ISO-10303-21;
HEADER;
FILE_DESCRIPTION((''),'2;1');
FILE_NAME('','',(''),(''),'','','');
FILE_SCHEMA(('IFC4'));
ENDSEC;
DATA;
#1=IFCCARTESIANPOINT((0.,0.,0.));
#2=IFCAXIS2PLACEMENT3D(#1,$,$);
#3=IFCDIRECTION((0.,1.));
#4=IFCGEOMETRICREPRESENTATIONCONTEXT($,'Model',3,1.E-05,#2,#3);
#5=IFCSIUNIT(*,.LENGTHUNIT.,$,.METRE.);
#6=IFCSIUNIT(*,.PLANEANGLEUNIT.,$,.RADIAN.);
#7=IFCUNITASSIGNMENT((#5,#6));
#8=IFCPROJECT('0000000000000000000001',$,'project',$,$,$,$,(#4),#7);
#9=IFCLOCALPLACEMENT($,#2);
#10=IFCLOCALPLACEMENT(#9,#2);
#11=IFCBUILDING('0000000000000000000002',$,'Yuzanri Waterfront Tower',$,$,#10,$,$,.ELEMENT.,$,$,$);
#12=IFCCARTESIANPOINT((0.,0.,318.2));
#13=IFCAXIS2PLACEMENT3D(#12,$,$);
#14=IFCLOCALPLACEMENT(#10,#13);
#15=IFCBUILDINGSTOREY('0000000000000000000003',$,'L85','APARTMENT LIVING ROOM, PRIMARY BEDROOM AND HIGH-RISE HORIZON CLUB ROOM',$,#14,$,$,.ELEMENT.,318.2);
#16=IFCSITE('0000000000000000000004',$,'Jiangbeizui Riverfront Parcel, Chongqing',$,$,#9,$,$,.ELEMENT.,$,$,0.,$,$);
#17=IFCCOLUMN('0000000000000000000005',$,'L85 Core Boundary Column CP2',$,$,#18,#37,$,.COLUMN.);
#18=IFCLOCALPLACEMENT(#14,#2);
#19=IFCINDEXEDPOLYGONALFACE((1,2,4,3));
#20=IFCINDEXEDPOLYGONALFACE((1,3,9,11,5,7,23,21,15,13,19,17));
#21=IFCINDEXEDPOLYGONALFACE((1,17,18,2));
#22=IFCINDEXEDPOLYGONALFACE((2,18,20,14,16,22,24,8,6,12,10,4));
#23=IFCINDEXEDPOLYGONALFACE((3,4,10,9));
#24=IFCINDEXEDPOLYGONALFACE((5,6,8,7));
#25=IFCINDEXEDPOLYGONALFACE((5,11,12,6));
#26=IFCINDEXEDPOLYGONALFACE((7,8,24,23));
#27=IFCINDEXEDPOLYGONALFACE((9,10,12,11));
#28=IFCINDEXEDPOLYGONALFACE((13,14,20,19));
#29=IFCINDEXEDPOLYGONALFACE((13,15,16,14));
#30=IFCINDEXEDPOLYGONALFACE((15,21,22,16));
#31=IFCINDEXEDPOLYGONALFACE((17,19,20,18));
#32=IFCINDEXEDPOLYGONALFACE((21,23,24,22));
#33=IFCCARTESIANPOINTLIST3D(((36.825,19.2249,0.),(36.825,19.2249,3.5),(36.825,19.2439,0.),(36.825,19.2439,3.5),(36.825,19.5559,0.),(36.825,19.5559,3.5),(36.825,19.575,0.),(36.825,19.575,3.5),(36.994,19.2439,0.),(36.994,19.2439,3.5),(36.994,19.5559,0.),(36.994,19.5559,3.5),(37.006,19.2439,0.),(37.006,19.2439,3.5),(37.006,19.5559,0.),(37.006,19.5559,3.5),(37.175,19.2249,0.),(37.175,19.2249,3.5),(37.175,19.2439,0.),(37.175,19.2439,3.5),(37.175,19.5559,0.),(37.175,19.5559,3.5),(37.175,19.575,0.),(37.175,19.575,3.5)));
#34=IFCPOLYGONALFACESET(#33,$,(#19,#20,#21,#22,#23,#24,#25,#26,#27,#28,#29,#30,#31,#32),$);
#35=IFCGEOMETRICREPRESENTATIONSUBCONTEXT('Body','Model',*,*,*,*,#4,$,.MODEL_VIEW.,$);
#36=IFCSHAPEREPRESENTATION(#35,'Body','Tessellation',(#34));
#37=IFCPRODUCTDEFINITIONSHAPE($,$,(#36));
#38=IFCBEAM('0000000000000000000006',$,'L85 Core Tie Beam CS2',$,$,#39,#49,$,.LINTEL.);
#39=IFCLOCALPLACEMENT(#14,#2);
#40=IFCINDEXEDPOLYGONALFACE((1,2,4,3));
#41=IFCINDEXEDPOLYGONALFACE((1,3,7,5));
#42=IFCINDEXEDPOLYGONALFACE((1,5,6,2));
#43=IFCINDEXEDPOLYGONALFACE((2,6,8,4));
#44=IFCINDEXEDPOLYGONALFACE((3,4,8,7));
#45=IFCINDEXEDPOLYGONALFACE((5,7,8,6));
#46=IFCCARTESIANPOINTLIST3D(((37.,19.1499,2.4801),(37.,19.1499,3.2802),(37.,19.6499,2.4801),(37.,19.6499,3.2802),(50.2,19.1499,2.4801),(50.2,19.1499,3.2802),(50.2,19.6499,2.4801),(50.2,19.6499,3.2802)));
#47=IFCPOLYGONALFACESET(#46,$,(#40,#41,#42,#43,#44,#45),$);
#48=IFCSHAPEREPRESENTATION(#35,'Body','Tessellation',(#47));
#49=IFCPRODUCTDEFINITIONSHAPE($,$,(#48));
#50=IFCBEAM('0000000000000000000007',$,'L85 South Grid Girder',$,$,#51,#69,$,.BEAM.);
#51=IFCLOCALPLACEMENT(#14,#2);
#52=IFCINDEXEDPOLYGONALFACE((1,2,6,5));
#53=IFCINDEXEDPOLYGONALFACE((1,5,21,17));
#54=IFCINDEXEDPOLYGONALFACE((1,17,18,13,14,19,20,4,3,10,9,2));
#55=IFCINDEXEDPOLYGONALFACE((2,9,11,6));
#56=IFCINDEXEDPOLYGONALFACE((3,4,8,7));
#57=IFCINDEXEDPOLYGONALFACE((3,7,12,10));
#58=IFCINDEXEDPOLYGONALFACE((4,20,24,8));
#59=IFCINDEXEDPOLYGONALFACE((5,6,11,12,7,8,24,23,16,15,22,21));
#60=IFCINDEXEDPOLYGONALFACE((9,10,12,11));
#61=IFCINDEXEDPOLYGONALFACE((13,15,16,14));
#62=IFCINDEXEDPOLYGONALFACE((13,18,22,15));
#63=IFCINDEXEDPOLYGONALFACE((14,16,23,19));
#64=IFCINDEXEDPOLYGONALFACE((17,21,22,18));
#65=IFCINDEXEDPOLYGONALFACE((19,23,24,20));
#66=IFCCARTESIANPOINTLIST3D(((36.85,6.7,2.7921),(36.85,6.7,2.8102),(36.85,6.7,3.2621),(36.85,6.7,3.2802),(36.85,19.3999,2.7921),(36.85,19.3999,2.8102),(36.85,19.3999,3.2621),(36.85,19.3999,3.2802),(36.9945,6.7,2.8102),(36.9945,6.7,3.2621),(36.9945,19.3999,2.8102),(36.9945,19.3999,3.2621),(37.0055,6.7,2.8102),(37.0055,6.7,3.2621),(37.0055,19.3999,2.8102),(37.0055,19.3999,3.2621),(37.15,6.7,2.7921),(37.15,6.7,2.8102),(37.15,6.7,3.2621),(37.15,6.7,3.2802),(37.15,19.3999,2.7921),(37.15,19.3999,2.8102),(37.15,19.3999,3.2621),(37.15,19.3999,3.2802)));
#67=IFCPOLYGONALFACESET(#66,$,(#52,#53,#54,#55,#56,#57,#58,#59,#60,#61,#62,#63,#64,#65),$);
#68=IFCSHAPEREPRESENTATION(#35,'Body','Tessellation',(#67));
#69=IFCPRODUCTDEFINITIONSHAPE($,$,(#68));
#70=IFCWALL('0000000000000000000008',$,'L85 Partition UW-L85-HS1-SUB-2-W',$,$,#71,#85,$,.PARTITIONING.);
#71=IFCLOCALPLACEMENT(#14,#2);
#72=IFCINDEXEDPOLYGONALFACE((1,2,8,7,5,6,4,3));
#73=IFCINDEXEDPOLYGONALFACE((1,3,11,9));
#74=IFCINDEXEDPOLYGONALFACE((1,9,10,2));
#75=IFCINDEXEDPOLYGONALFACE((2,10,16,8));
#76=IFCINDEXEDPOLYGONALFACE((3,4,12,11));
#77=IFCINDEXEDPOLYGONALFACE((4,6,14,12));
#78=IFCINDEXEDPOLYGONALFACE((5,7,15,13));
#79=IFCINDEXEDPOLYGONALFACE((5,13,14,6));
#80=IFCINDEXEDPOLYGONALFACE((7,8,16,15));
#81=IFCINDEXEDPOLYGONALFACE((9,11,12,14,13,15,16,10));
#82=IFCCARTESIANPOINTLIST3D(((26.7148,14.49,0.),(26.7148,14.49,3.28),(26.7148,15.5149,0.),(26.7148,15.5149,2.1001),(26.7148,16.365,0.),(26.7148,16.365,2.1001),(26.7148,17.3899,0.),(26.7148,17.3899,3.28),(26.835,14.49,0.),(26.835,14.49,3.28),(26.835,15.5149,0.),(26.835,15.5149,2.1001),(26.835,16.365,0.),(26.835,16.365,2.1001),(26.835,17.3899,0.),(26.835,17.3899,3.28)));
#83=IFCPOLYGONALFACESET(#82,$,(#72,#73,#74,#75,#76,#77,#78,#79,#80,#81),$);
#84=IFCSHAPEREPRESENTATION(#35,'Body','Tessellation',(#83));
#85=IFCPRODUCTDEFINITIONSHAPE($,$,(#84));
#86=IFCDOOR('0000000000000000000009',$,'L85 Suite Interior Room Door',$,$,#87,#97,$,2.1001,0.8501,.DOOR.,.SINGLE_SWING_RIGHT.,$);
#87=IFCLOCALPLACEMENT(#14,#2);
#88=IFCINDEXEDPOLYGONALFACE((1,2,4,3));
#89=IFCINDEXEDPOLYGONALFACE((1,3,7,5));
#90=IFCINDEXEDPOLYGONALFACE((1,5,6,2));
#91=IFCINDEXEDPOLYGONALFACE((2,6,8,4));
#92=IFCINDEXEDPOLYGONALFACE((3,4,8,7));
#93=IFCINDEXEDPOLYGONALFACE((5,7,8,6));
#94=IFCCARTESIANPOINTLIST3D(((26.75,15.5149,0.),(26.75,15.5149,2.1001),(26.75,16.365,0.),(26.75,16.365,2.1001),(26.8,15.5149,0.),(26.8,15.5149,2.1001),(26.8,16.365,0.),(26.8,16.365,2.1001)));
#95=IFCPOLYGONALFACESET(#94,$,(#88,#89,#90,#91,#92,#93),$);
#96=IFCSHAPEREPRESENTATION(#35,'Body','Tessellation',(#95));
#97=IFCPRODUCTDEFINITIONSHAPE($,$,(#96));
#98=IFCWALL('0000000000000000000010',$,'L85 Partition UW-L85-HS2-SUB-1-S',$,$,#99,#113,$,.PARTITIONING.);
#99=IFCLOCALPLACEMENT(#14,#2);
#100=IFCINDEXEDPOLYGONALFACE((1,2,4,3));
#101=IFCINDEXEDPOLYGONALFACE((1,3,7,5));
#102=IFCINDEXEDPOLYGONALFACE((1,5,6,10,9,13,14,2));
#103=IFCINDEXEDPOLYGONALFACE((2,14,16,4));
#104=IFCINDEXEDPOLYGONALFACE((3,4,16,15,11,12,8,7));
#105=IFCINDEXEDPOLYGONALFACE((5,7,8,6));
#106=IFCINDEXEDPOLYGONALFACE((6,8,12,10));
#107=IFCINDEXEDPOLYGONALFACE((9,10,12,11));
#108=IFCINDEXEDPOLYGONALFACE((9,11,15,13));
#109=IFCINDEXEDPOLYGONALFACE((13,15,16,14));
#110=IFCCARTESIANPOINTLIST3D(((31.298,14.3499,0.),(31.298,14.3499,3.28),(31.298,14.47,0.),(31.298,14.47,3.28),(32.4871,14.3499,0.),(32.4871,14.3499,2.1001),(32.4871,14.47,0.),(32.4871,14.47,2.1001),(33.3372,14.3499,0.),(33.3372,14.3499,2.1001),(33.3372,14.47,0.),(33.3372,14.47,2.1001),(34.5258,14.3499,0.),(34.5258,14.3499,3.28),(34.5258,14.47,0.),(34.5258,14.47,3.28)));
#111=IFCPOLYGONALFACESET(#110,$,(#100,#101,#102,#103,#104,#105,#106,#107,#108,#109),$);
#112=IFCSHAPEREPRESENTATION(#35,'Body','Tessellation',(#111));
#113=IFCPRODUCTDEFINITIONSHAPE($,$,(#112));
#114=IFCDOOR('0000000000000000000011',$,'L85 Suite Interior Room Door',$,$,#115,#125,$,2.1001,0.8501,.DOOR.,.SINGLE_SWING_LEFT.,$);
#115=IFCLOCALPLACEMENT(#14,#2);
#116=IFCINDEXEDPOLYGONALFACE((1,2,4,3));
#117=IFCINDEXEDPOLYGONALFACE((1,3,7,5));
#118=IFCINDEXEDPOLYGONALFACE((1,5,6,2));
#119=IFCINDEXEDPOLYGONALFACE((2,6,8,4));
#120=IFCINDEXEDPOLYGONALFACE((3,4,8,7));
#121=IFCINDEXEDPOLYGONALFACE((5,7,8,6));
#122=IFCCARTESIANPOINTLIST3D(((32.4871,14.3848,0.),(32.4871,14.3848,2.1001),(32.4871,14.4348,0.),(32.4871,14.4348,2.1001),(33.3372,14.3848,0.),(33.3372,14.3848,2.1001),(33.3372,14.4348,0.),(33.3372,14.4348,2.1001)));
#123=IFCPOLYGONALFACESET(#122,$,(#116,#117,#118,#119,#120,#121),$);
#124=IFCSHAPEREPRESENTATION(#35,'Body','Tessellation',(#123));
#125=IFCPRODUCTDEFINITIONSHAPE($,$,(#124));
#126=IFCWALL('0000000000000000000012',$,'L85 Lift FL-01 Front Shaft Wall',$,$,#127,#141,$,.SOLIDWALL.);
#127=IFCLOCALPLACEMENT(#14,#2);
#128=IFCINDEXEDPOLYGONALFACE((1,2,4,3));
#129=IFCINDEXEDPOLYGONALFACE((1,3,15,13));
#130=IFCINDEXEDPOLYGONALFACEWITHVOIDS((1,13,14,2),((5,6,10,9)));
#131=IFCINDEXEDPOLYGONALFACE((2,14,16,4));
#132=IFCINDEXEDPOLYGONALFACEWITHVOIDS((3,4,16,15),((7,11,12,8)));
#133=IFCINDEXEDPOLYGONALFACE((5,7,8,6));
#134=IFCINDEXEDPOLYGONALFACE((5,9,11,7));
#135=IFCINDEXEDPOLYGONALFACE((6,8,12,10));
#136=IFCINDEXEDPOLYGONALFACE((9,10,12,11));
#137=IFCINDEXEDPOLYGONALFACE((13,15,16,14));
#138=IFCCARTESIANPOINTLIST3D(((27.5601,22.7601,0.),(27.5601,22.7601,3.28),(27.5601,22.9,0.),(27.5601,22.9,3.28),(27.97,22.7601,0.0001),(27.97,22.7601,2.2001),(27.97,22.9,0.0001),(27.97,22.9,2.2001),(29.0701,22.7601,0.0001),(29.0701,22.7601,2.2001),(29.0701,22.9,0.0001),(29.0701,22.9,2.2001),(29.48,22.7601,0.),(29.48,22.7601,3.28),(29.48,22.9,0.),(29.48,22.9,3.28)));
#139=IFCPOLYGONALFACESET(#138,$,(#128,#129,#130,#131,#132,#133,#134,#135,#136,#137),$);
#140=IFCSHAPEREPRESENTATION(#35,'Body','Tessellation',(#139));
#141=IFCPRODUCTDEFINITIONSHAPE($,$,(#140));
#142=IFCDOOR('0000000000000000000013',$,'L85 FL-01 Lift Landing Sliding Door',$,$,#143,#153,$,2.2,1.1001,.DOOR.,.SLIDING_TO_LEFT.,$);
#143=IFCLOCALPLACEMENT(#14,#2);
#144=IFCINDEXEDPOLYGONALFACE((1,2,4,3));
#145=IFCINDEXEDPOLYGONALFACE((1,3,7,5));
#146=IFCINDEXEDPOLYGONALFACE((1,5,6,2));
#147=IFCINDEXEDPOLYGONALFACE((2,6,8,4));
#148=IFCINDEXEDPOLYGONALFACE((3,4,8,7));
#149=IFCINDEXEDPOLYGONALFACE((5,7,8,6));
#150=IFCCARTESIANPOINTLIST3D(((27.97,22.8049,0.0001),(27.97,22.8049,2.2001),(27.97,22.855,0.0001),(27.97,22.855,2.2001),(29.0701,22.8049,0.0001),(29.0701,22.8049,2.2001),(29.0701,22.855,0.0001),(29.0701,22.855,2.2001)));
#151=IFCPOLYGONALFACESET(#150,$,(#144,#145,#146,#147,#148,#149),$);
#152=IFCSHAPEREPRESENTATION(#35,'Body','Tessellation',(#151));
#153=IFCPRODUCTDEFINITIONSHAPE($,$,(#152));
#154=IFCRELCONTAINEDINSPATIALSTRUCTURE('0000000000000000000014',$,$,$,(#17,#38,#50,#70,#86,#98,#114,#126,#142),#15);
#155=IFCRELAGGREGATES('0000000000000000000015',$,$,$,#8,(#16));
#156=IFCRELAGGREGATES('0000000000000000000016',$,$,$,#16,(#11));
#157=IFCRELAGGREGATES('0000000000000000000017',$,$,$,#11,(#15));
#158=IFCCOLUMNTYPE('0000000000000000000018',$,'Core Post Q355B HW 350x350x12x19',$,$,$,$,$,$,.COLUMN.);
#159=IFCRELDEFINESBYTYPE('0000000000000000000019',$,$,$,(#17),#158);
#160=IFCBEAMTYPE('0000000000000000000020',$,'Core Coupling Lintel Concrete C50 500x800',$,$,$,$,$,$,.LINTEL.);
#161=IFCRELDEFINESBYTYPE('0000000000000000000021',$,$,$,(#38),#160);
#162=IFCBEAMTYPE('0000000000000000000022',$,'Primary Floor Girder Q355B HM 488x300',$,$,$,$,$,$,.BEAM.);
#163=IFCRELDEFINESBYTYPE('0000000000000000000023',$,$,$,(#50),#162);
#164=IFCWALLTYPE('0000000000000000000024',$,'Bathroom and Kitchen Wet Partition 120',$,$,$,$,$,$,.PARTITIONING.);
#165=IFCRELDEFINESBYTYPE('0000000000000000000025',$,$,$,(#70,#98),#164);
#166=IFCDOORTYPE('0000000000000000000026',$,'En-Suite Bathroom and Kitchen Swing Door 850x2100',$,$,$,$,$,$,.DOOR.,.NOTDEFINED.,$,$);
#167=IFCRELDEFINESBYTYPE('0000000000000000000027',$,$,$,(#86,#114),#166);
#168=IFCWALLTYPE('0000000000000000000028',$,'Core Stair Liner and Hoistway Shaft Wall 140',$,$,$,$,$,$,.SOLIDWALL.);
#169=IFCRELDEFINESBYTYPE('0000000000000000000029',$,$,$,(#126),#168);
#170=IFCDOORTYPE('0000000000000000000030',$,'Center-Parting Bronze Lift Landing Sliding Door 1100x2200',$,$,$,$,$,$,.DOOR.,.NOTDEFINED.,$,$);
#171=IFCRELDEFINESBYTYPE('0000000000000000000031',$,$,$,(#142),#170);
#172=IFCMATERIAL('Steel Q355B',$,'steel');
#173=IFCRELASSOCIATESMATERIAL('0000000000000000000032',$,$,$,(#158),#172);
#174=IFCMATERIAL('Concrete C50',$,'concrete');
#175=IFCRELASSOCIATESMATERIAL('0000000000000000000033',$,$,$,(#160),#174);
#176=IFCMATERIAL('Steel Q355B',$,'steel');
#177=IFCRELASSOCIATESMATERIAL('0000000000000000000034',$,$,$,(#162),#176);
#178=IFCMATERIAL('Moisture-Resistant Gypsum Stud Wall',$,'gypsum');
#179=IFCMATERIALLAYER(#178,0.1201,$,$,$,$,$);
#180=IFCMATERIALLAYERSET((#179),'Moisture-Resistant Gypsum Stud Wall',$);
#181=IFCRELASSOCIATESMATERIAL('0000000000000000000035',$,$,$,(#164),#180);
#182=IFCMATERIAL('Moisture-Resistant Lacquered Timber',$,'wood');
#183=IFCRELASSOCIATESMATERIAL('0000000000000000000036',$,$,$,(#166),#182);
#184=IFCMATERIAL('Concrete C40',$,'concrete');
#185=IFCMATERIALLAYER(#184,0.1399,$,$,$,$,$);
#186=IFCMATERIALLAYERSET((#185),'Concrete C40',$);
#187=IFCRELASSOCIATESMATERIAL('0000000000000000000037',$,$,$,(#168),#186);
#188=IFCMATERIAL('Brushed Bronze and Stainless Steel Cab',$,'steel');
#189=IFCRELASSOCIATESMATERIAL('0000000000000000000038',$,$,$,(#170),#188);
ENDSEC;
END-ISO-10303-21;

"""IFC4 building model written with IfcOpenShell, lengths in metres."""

from ifc_helpers import new_model, si_unit, direction, frame, frame_2d, origin, origin_2d, place, context, subcontext, project, spatial, rectangle, i_section, extrude, source, transform, mapped, material, layer, layer_set, material_profile, profile_set, type_object, element, fill, save


model = new_model("IFC4")

# Units and contexts
model_context = context("Model", 3, precision=1e-05, world=origin(), true_north=direction((0.0, 1.0)))
body_context = subcontext(model_context, "Body", "Model", "MODEL_VIEW")
ifc_project = project(units=[si_unit("LENGTHUNIT", "METRE"), si_unit("PLANEANGLEUNIT", "RADIAN")], contexts=[model_context])

# Site, building, storey
site_placement = place(None, origin())
site = spatial("IfcSite", under=ifc_project, at=site_placement, Name="Jiangbeizui Riverfront Parcel, Chongqing", CompositionType="ELEMENT", RefElevation=0.0)
building_placement = place(site_placement, origin())
building = spatial("IfcBuilding", under=site, at=building_placement, Name="Yuzanri Waterfront Tower", CompositionType="ELEMENT")
storey_placement = place(building_placement, frame((0.0, 0.0, 318.2)))
storey = spatial("IfcBuildingStorey", under=building, at=storey_placement, Name="L85", Description="APARTMENT LIVING ROOM, PRIMARY BEDROOM AND HIGH-RISE HORIZON CLUB ROOM", CompositionType="ELEMENT", Elevation=318.2)

# Column
ifc_material_1 = material(Name="Steel Q355B", Category="steel")
ifc_material_profile_1 = material_profile(ifc_material_1, i_section(OverallWidth=0.3501, OverallDepth=0.3501, WebThickness=0.012, FlangeThickness=0.019, at=origin_2d()), Name="HW 350x350x12x19")
ifc_profile_set_1 = profile_set([ifc_material_profile_1], Name="Steel Q355B")
column_type = type_object("IfcColumnType", Name="Core Post Q355B HW 350x350x12x19", PredefinedType="COLUMN", material=ifc_profile_set_1)
shared_shape_1 = source(origin(), body_context, "Body", "SweptSolid", [
    extrude(i_section(OverallWidth=0.3501, OverallDepth=0.3501, WebThickness=0.012, FlangeThickness=0.019, at=origin_2d()), origin(), (0.0, 0.0, 1.0), 3.5),
])
column_placement = place(storey_placement, frame((37.0, 19.3999, 0.0), z_axis=(0.0, 0.0, 1.0), x_axis=(1.0, 0.0, 0.0)))
element("IfcColumn", 1, at=column_placement, inside=storey, type_object=column_type, Name="L85 Core Boundary Column CP2", PredefinedType="COLUMN", context=body_context, shape_type="MappedRepresentation", body=[
    mapped(shared_shape_1, transform((0.0, 0.0, 0.0), scale=1.0)),
])

# Beams
ifc_material_2 = material(Name="Concrete C50", Category="concrete")
ifc_material_profile_2 = material_profile(ifc_material_2, rectangle(XDim=0.5, YDim=0.8, at=origin_2d()), Name="RC 500x800")
ifc_profile_set_2 = profile_set([ifc_material_profile_2], Name="Concrete C50")
beam_type_1 = type_object("IfcBeamType", Name="Core Coupling Lintel Concrete C50 500x800", PredefinedType="LINTEL", material=ifc_profile_set_2)
shared_shape_2 = source(origin(), body_context, "Body", "SweptSolid", [
    extrude(rectangle(XDim=0.5, YDim=0.8, at=origin_2d()), origin(), (0.0, 0.0, 1.0), 13.2),
])
beam_1_placement = place(storey_placement, frame((37.0, 19.3999, 2.8801), z_axis=(1.0, 0.0, 0.0), x_axis=(0.0, 1.0, 0.0)))
element("IfcBeam", 2, at=beam_1_placement, inside=storey, type_object=beam_type_1, Name="L85 Core Tie Beam CS2", PredefinedType="LINTEL", context=body_context, shape_type="MappedRepresentation", body=[
    mapped(shared_shape_2, transform((0.0, 0.0, 0.0), scale=1.0)),
])
ifc_material_3 = material(Name="Steel Q355B", Category="steel")
ifc_material_profile_3 = material_profile(ifc_material_3, i_section(OverallWidth=0.3, OverallDepth=0.488, WebThickness=0.011, FlangeThickness=0.0181, at=origin_2d()), Name="HM 488x300x11x18")
ifc_profile_set_3 = profile_set([ifc_material_profile_3], Name="Steel Q355B")
beam_type_2 = type_object("IfcBeamType", Name="Primary Floor Girder Q355B HM 488x300", PredefinedType="BEAM", material=ifc_profile_set_3)
shared_shape_3 = source(origin(), body_context, "Body", "SweptSolid", [
    extrude(i_section(OverallWidth=0.3, OverallDepth=0.488, WebThickness=0.011, FlangeThickness=0.0181, at=origin_2d()), origin(), (0.0, 0.0, 1.0), 12.7),
])
beam_2_placement = place(storey_placement, frame((37.0, 19.3999, 3.0361), z_axis=(0.0, -1.0, 0.0), x_axis=(1.0, 0.0, 0.0)))
element("IfcBeam", 3, at=beam_2_placement, inside=storey, type_object=beam_type_2, Name="L85 South Grid Girder", PredefinedType="BEAM", context=body_context, shape_type="MappedRepresentation", body=[
    mapped(shared_shape_3, transform((0.0, 0.0, 0.0), scale=1.0)),
])

# Walls, openings, doors
ifc_material_4 = material(Name="Moisture-Resistant Gypsum Stud Wall", Category="gypsum")
ifc_layer_1 = layer(ifc_material_4, 0.1201)
ifc_layer_set_1 = layer_set([ifc_layer_1], Name="Moisture-Resistant Gypsum Stud Wall")
wall_type_1 = type_object("IfcWallType", Name="Bathroom and Kitchen Wet Partition 120", PredefinedType="PARTITIONING", material=ifc_layer_set_1)
wall_1_placement = place(storey_placement, frame((26.7749, 14.49, 0.0), z_axis=(0.0, 0.0, 1.0), x_axis=(0.0, 1.0, 0.0)))
wall_1 = element("IfcWall", 4, at=wall_1_placement, inside=storey, type_object=wall_type_1, Name="L85 Partition UW-L85-HS1-SUB-2-W", PredefinedType="PARTITIONING", context=body_context, shape_type="SweptSolid", body=[
    extrude(rectangle(XDim=2.8999, YDim=0.1201, at=frame_2d((1.45, 0.0))), origin(), (0.0, 0.0, 1.0), 3.28),
])
opening_1_placement = place(wall_1_placement, frame((1.0249, 0.0, 0.0)))
opening_1 = element("IfcOpeningElement", 5, at=opening_1_placement, cuts=wall_1, PredefinedType="OPENING", context=body_context, shape_type="SweptSolid", body=[
    extrude(rectangle(XDim=0.8501, YDim=2.1001, at=frame_2d((0.425, 1.05))), frame((0.0, 0.075, 0.0), z_axis=(0.0, -1.0, 0.0), x_axis=(1.0, 0.0, 0.0)), (0.0, 0.0, 1.0), 0.1499),
])
ifc_material_5 = material(Name="Moisture-Resistant Lacquered Timber", Category="wood")
door_type_1 = type_object("IfcDoorType", Name="En-Suite Bathroom and Kitchen Swing Door 850x2100", OperationType="NOTDEFINED", PredefinedType="DOOR", material=ifc_material_5)
shared_shape_4 = source(origin(), body_context, "Body", "SweptSolid", [
    extrude(rectangle(XDim=0.8501, YDim=2.1001, at=frame_2d((0.425, 1.05))), frame((0.0, 0.0249, 0.0), z_axis=(0.0, -1.0, 0.0), x_axis=(1.0, 0.0, 0.0)), (0.0, 0.0, 1.0), 0.05),
])
door_1_placement = place(opening_1_placement, origin())
door_1 = element("IfcDoor", 6, at=door_1_placement, inside=storey, type_object=door_type_1, Name="L85 Suite Interior Room Door", OperationType="SINGLE_SWING_RIGHT", OverallHeight=2.1001, OverallWidth=0.8501, PredefinedType="DOOR", context=body_context, shape_type="MappedRepresentation", body=[
    mapped(shared_shape_4, transform((0.0, 0.0, 0.0), scale=1.0)),
])
fill(opening_1, door_1)
wall_2_placement = place(storey_placement, frame((31.2981, 14.4099, 0.0), z_axis=(0.0, 0.0, 1.0), x_axis=(1.0, 0.0, 0.0)))
wall_2 = element("IfcWall", 7, at=wall_2_placement, inside=storey, type_object=wall_type_1, Name="L85 Partition UW-L85-HS2-SUB-1-S", PredefinedType="PARTITIONING", context=body_context, shape_type="SweptSolid", body=[
    extrude(rectangle(XDim=3.2278, YDim=0.1201, at=frame_2d((1.6138, 0.0))), origin(), (0.0, 0.0, 1.0), 3.28),
])
opening_2_placement = place(wall_2_placement, frame((1.189, 0.0, 0.0)))
opening_2 = element("IfcOpeningElement", 8, at=opening_2_placement, cuts=wall_2, PredefinedType="OPENING", context=body_context, shape_type="SweptSolid", body=[
    extrude(rectangle(XDim=0.8501, YDim=2.1001, at=frame_2d((0.425, 1.05))), frame((0.0, 0.075, 0.0), z_axis=(0.0, -1.0, 0.0), x_axis=(1.0, 0.0, 0.0)), (0.0, 0.0, 1.0), 0.1499),
])
door_2_placement = place(opening_2_placement, origin())
door_2 = element("IfcDoor", 9, at=door_2_placement, inside=storey, type_object=door_type_1, Name="L85 Suite Interior Room Door", OperationType="SINGLE_SWING_LEFT", OverallHeight=2.1001, OverallWidth=0.8501, PredefinedType="DOOR", context=body_context, shape_type="MappedRepresentation", body=[
    mapped(shared_shape_4, transform((0.0, 0.0, 0.0), scale=1.0)),
])
fill(opening_2, door_2)
ifc_material_6 = material(Name="Concrete C40", Category="concrete")
ifc_layer_2 = layer(ifc_material_6, 0.1399)
ifc_layer_set_2 = layer_set([ifc_layer_2], Name="Concrete C40")
wall_type_2 = type_object("IfcWallType", Name="Core Stair Liner and Hoistway Shaft Wall 140", PredefinedType="SOLIDWALL", material=ifc_layer_set_2)
wall_3_placement = place(storey_placement, frame((27.5601, 22.8301, 0.0), z_axis=(0.0, 0.0, 1.0), x_axis=(1.0, 0.0, 0.0)))
wall_3 = element("IfcWall", 10, at=wall_3_placement, inside=storey, type_object=wall_type_2, Name="L85 Lift FL-01 Front Shaft Wall", PredefinedType="SOLIDWALL", context=body_context, shape_type="SweptSolid", body=[
    extrude(rectangle(XDim=1.9199, YDim=0.1399, at=frame_2d((0.96, 0.0))), origin(), (0.0, 0.0, 1.0), 3.28),
])
opening_3_placement = place(wall_3_placement, frame((0.4099, 0.0, 0.0)))
opening_3 = element("IfcOpeningElement", 11, at=opening_3_placement, cuts=wall_3, PredefinedType="OPENING", context=body_context, shape_type="SweptSolid", body=[
    extrude(rectangle(XDim=1.1001, YDim=2.2, at=frame_2d((0.55, 1.1001))), frame((0.0, 0.085, 0.0), z_axis=(0.0, -1.0, 0.0), x_axis=(1.0, 0.0, 0.0)), (0.0, 0.0, 1.0), 0.1697),
])
ifc_material_7 = material(Name="Brushed Bronze and Stainless Steel Cab", Category="steel")
door_type_2 = type_object("IfcDoorType", Name="Center-Parting Bronze Lift Landing Sliding Door 1100x2200", OperationType="NOTDEFINED", PredefinedType="DOOR", material=ifc_material_7)
shared_shape_5 = source(origin(), body_context, "Body", "SweptSolid", [
    extrude(rectangle(XDim=1.1001, YDim=2.2, at=frame_2d((0.55, 1.1001))), frame((0.0, 0.0249, 0.0), z_axis=(0.0, -1.0, 0.0), x_axis=(1.0, 0.0, 0.0)), (0.0, 0.0, 1.0), 0.05),
])
door_3_placement = place(opening_3_placement, origin())
door_3 = element("IfcDoor", 12, at=door_3_placement, inside=storey, type_object=door_type_2, Name="L85 FL-01 Lift Landing Sliding Door", OperationType="SLIDING_TO_LEFT", OverallHeight=2.2, OverallWidth=1.1001, PredefinedType="DOOR", context=body_context, shape_type="MappedRepresentation", body=[
    mapped(shared_shape_5, transform((0.0, 0.0, 0.0), scale=1.0)),
])
fill(opening_3, door_3)

save(model, "model.ifc")
